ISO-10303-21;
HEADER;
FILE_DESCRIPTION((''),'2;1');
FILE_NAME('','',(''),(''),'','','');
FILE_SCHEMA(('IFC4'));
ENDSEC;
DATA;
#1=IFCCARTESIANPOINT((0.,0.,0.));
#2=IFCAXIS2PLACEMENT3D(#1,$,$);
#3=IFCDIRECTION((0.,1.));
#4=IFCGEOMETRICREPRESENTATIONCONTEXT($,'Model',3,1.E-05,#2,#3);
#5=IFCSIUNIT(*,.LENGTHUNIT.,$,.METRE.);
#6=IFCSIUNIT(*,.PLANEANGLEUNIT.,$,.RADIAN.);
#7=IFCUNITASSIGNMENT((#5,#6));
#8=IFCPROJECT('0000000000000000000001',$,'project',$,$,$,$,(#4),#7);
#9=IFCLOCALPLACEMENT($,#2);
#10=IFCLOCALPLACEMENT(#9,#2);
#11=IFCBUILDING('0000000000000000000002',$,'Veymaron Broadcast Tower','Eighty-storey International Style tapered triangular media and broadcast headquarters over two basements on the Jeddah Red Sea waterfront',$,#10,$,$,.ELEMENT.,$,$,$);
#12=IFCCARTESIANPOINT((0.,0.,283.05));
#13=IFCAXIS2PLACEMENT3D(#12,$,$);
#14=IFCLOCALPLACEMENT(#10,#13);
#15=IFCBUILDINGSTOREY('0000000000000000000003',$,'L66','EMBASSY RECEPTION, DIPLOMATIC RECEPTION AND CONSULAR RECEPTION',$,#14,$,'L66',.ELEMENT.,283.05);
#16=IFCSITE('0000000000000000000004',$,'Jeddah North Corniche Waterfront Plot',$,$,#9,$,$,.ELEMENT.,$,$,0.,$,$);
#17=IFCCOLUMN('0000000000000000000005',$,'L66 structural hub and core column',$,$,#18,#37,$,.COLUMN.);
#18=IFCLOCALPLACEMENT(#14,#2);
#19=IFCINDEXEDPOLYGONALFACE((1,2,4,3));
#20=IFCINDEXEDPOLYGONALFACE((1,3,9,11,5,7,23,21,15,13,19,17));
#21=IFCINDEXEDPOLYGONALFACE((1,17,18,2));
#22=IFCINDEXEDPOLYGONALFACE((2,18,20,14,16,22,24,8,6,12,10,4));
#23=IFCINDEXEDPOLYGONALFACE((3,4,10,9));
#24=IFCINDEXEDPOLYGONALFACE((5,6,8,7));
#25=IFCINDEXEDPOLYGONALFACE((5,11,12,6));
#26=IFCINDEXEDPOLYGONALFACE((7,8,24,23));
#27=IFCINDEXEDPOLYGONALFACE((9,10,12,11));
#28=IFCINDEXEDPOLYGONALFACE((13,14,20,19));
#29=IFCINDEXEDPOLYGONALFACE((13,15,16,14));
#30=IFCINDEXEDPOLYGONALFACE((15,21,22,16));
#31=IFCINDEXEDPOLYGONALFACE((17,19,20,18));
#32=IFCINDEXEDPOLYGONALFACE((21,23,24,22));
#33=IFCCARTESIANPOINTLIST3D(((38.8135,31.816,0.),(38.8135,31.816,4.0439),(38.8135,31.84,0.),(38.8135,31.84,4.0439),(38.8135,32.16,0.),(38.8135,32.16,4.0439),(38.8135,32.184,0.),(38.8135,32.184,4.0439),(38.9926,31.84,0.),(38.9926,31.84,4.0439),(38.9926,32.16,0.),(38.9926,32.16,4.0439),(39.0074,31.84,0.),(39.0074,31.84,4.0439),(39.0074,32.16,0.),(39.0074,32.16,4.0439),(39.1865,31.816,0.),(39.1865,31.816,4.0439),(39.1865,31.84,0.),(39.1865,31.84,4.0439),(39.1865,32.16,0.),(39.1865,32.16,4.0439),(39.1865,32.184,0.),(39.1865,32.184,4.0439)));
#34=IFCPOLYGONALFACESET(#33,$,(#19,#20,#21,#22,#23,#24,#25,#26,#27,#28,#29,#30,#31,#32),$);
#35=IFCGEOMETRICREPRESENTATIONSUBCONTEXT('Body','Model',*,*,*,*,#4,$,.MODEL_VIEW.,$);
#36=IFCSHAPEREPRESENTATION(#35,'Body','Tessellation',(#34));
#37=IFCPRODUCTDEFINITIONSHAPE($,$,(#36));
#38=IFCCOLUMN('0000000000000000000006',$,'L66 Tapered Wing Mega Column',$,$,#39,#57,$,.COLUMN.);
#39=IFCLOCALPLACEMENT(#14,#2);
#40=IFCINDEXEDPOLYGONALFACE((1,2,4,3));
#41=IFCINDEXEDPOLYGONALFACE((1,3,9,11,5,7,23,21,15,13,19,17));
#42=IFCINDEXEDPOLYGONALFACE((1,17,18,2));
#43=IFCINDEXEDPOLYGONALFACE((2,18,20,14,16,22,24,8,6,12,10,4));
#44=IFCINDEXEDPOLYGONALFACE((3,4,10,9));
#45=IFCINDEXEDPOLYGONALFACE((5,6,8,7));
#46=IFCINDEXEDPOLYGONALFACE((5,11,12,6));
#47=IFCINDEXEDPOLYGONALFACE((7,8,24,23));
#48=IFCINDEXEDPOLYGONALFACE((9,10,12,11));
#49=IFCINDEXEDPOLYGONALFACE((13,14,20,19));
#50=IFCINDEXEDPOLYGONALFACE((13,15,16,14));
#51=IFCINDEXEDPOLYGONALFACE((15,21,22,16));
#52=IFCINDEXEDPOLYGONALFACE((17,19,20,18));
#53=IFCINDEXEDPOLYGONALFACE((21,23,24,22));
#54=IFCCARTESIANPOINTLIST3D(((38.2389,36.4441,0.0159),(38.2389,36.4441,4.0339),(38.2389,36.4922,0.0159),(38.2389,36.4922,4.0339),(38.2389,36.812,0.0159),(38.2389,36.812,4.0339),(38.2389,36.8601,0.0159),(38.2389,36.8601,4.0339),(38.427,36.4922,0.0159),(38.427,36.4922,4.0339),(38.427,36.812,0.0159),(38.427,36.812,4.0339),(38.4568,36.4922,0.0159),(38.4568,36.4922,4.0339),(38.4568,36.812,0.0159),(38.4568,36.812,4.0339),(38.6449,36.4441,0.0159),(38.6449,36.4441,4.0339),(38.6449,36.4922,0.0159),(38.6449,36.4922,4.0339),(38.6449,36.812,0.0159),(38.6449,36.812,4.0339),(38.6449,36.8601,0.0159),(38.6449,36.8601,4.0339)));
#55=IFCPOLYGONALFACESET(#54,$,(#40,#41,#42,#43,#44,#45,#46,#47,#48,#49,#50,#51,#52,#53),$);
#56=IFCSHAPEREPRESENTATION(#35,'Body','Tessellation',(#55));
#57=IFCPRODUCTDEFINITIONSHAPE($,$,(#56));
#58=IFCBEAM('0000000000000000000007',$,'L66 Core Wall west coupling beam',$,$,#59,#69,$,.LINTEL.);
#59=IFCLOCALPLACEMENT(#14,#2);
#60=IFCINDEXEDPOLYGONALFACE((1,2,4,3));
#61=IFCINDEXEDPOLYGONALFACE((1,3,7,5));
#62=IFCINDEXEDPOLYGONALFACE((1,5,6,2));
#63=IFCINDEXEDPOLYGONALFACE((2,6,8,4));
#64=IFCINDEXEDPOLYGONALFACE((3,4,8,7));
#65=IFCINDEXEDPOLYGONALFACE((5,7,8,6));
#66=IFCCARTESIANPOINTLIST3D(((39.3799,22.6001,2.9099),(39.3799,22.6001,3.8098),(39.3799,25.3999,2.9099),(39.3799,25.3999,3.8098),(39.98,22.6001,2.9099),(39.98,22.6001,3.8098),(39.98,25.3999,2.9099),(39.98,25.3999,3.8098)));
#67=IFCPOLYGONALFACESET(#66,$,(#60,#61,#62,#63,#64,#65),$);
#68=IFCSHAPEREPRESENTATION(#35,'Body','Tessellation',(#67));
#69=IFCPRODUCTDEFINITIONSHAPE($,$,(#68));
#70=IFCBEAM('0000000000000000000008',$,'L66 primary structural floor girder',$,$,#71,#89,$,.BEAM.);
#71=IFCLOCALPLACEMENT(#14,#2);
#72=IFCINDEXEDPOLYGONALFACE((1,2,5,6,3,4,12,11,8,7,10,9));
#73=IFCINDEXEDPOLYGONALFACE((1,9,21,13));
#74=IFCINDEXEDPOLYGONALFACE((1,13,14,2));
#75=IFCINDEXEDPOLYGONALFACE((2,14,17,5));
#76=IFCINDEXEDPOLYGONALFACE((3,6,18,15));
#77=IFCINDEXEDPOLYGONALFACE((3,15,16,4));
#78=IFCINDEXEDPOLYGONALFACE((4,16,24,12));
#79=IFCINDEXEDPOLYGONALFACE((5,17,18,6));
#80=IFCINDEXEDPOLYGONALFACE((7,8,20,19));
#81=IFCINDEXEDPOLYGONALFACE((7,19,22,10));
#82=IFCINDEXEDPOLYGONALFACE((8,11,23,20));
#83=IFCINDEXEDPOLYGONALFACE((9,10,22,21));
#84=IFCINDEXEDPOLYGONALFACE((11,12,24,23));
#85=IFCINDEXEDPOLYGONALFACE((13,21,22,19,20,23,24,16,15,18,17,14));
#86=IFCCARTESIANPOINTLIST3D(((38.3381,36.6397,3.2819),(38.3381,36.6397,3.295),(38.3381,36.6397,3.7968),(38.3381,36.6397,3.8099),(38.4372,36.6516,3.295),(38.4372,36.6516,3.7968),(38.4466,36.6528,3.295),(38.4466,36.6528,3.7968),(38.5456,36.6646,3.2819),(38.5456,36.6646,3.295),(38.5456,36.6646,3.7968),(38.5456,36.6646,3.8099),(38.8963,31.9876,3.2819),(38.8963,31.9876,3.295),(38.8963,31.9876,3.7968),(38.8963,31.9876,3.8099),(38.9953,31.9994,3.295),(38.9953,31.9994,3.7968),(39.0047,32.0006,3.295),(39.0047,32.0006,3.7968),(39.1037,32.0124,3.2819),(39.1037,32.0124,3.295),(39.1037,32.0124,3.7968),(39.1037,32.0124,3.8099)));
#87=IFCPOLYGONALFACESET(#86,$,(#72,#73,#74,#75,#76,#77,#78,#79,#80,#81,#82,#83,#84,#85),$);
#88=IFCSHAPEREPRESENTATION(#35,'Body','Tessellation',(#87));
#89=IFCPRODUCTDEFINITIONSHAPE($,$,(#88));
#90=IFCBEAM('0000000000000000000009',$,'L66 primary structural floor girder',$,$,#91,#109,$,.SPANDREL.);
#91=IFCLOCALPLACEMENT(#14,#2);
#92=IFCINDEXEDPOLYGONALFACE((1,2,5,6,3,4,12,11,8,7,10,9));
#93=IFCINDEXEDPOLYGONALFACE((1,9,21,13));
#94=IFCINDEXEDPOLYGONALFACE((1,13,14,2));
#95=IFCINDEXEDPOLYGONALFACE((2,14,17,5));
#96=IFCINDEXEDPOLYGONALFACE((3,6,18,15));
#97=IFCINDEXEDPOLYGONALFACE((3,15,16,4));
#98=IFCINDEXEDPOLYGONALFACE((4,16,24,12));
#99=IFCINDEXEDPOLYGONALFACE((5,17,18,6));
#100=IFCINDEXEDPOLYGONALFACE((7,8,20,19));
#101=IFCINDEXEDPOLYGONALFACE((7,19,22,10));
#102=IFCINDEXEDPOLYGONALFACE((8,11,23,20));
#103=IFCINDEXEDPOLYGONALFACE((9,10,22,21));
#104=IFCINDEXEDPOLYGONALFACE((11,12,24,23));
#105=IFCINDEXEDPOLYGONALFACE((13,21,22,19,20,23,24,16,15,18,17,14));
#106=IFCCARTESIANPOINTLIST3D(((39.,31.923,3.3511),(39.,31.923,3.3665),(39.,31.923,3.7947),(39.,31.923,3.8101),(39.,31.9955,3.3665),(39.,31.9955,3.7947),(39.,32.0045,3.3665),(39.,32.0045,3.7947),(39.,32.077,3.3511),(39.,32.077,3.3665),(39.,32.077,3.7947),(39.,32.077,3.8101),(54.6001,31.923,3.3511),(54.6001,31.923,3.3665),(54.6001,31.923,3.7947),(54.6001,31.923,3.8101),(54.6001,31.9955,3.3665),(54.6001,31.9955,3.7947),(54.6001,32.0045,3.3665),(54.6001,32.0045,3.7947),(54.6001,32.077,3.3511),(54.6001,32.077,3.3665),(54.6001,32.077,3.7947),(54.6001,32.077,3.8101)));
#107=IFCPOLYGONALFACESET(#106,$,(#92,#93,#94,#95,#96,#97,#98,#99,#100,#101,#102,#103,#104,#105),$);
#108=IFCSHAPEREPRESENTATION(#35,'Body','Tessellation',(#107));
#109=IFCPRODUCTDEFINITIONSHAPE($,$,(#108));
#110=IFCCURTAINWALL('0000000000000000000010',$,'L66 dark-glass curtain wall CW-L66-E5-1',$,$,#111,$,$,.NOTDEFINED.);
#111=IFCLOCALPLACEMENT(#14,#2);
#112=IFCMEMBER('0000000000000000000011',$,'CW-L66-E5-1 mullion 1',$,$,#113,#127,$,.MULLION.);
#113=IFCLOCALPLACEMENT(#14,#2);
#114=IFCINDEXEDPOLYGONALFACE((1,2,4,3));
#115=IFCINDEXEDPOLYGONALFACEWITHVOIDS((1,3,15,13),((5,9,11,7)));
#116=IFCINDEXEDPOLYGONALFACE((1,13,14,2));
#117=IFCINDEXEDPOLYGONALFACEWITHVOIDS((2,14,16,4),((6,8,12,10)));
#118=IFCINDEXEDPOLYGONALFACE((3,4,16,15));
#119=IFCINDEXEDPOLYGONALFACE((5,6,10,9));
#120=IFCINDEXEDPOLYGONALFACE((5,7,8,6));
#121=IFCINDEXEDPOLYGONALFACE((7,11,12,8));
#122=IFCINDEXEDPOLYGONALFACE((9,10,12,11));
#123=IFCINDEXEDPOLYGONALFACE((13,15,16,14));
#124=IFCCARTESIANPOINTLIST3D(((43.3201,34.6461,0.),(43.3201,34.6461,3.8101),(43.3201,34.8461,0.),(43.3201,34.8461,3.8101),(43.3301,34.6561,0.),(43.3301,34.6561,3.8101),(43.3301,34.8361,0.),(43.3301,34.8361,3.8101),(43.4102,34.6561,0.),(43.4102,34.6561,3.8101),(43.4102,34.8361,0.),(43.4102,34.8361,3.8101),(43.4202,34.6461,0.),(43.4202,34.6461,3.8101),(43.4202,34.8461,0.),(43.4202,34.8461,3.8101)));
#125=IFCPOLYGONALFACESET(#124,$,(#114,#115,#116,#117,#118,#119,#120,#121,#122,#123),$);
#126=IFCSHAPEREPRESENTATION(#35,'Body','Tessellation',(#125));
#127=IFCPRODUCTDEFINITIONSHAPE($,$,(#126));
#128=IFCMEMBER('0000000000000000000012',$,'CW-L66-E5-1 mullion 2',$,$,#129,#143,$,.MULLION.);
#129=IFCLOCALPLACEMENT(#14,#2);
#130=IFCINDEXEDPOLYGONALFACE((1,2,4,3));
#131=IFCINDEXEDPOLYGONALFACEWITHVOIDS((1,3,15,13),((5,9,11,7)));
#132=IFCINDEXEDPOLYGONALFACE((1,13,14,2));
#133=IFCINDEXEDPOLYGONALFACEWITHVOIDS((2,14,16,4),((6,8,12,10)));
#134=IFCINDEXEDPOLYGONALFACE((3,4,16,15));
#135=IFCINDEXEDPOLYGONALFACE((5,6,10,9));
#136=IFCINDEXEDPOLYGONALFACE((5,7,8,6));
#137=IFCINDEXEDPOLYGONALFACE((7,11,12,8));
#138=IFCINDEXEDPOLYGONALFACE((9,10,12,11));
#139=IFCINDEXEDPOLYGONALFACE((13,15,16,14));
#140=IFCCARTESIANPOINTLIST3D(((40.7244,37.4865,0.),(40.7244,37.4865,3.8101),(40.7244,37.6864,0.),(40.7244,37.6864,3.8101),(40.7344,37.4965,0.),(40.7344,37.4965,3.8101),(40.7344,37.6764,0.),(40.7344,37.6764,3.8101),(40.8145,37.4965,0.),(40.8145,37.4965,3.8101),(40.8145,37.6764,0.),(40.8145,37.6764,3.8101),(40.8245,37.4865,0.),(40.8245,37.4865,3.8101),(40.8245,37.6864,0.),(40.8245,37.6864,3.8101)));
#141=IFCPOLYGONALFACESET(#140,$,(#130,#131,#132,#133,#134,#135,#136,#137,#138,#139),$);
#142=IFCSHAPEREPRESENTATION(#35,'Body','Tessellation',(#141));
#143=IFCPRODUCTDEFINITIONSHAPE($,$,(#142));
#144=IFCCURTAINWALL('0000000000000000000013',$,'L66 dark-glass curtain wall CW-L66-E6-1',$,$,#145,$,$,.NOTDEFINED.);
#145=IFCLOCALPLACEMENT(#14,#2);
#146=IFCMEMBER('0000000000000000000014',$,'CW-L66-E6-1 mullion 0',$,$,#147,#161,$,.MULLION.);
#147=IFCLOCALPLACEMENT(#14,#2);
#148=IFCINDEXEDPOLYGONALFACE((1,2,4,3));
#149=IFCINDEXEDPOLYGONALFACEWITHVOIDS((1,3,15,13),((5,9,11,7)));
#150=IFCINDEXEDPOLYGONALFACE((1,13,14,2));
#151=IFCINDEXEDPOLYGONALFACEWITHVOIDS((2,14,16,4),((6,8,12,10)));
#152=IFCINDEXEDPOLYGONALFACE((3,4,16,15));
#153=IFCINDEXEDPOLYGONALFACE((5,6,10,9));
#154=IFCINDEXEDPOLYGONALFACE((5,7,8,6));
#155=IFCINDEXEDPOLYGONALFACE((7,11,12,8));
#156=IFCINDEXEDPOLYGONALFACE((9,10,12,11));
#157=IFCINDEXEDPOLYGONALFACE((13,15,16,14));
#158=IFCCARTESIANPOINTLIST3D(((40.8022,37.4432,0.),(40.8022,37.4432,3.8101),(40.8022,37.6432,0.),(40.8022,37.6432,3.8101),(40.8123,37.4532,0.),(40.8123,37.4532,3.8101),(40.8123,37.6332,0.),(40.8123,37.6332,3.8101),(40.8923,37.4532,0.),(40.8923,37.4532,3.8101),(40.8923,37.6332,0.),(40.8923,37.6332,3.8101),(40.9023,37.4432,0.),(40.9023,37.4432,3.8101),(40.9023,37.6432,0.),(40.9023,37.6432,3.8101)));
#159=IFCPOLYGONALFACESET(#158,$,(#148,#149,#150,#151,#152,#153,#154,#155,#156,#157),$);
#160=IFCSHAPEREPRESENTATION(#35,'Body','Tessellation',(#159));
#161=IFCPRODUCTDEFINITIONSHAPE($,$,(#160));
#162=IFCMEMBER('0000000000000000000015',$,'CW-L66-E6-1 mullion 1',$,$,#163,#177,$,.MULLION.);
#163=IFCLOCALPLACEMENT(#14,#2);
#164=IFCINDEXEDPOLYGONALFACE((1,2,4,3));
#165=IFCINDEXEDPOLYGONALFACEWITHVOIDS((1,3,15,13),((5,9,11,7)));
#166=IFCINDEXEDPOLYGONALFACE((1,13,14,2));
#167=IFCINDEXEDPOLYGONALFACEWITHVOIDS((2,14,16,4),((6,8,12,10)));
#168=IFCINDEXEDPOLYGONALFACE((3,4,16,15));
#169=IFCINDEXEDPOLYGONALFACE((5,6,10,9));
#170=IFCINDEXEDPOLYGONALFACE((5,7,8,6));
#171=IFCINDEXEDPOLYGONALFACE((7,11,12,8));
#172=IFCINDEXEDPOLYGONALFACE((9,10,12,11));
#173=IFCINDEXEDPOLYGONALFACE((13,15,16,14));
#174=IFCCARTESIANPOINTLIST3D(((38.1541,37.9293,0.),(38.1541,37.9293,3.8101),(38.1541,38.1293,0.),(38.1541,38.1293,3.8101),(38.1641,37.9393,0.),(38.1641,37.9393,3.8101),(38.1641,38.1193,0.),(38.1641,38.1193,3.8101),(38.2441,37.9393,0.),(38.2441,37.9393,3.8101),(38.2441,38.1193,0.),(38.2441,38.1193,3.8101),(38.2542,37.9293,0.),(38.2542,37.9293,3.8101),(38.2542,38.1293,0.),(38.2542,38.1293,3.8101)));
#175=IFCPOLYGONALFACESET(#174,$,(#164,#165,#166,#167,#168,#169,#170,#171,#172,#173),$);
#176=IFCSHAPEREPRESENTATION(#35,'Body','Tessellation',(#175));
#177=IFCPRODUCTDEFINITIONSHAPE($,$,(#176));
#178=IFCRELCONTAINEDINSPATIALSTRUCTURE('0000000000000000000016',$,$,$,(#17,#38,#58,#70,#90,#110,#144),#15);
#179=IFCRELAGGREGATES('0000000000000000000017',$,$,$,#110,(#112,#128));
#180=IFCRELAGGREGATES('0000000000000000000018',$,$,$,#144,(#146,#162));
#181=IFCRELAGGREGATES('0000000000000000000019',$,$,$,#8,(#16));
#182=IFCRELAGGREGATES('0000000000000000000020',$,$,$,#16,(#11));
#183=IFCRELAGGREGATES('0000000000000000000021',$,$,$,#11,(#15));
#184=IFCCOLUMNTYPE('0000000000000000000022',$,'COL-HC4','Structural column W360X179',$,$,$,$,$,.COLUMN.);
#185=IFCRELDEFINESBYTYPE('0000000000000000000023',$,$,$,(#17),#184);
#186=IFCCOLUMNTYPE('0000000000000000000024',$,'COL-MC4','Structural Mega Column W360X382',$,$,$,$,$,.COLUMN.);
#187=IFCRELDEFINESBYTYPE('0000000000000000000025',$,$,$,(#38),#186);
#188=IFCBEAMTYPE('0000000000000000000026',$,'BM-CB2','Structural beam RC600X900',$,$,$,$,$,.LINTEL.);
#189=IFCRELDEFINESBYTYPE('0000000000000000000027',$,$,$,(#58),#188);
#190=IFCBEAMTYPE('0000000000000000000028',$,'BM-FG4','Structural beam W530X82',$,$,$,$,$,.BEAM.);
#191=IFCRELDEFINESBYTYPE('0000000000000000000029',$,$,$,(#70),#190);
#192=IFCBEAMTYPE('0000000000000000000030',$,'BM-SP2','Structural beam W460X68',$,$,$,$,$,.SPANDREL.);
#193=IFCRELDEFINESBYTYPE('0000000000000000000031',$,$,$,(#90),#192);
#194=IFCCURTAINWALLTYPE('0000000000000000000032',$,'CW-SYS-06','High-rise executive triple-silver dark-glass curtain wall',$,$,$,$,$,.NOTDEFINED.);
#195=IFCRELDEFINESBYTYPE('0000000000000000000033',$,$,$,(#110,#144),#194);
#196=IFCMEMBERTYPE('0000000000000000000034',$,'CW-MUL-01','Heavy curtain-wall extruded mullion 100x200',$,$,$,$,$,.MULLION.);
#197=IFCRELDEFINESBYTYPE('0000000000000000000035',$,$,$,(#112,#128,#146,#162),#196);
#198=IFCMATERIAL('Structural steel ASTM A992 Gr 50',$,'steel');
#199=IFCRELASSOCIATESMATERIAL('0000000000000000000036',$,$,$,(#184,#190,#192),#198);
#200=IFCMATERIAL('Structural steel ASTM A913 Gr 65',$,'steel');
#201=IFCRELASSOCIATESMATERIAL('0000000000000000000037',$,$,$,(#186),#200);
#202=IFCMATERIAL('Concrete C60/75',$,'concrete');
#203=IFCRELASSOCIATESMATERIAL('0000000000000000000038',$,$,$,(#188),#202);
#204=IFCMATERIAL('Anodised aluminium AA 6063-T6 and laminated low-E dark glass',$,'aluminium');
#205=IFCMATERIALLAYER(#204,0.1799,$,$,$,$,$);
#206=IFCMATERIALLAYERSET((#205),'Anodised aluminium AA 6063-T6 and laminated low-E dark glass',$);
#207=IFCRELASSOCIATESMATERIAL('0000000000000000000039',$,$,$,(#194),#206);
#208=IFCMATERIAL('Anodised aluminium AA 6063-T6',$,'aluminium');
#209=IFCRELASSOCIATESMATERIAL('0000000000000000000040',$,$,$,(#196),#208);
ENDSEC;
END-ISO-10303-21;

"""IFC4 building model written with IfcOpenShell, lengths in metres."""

from ifc_helpers import new_model, si_unit, direction, frame, origin, origin_2d, place, context, subcontext, project, spatial, rectangle, hollow_rectangle, i_section, extrude, material, layer, layer_set, material_profile, profile_set, type_object, element, aggregate, save


model = new_model("IFC4")

# Units and contexts
model_context = context("Model", 3, precision=1e-05, world=origin(), true_north=direction((0.0, 1.0)))
body_context = subcontext(model_context, "Body", "Model", "MODEL_VIEW")
ifc_project = project(units=[si_unit("LENGTHUNIT", "METRE"), si_unit("PLANEANGLEUNIT", "RADIAN")], contexts=[model_context])

# Site, building, storey
site_placement = place(None, origin())
site = spatial("IfcSite", under=ifc_project, at=site_placement, Name="Jeddah North Corniche Waterfront Plot", CompositionType="ELEMENT", RefElevation=0.0)
building_placement = place(site_placement, origin())
building = spatial("IfcBuilding", under=site, at=building_placement, Name="Veymaron Broadcast Tower", Description="Eighty-storey International Style tapered triangular media and broadcast headquarters over two basements on the Jeddah Red Sea waterfront", CompositionType="ELEMENT")
storey_placement = place(building_placement, frame((0.0, 0.0, 283.05)))
storey = spatial("IfcBuildingStorey", under=building, at=storey_placement, Name="L66", Description="EMBASSY RECEPTION, DIPLOMATIC RECEPTION AND CONSULAR RECEPTION", LongName="L66", CompositionType="ELEMENT", Elevation=283.05)

# Columns
ifc_material_1 = material(Name="Structural steel ASTM A992 Gr 50", Category="steel")
ifc_material_profile_1 = material_profile(ifc_material_1, i_section(OverallWidth=0.373, OverallDepth=0.3679, WebThickness=0.0149, FlangeThickness=0.0239, at=origin_2d()), Name="W360X179")
ifc_profile_set_1 = profile_set([ifc_material_profile_1], Name="Structural steel ASTM A992 Gr 50")
column_type_1 = type_object("IfcColumnType", Name="COL-HC4", Description="Structural column W360X179", PredefinedType="COLUMN", material=ifc_profile_set_1)
column_1_placement = place(storey_placement, frame((39.0, 32.0, 0.0), z_axis=(0.0, 0.0, 1.0), x_axis=(1.0, 0.0, 0.0)))
element("IfcColumn", 1, at=column_1_placement, inside=storey, type_object=column_type_1, Name="L66 structural hub and core column", PredefinedType="COLUMN", context=body_context, shape_type="SweptSolid", body=[
    extrude(i_section(OverallWidth=0.373, OverallDepth=0.3679, WebThickness=0.0149, FlangeThickness=0.0239, at=origin_2d()), origin(), (0.0, 0.0, 1.0), 4.0439),
])
ifc_material_2 = material(Name="Structural steel ASTM A913 Gr 65", Category="steel")
ifc_material_profile_2 = material_profile(ifc_material_2, i_section(OverallWidth=0.406, OverallDepth=0.416, WebThickness=0.0298, FlangeThickness=0.0481, at=origin_2d()), Name="W360X382")
ifc_profile_set_2 = profile_set([ifc_material_profile_2], Name="Structural steel ASTM A913 Gr 65")
column_type_2 = type_object("IfcColumnType", Name="COL-MC4", Description="Structural Mega Column W360X382", PredefinedType="COLUMN", material=ifc_profile_set_2)
column_2_placement = place(storey_placement, frame((38.4419, 36.6521, 0.0159), z_axis=(0.0, 0.0, 1.0), x_axis=(1.0, 0.0, 0.0)))
element("IfcColumn", 2, at=column_2_placement, inside=storey, type_object=column_type_2, Name="L66 Tapered Wing Mega Column", PredefinedType="COLUMN", context=body_context, shape_type="SweptSolid", body=[
    extrude(i_section(OverallWidth=0.406, OverallDepth=0.416, WebThickness=0.0298, FlangeThickness=0.0481, at=origin_2d()), origin(), (0.0, 0.0, 1.0), 4.0181),
])

# Beams
ifc_material_3 = material(Name="Concrete C60/75", Category="concrete")
ifc_material_profile_3 = material_profile(ifc_material_3, rectangle(XDim=0.6001, YDim=0.8999, at=origin_2d()), Name="RC600X900")
ifc_profile_set_3 = profile_set([ifc_material_profile_3], Name="Concrete C60/75")
beam_type_1 = type_object("IfcBeamType", Name="BM-CB2", Description="Structural beam RC600X900", PredefinedType="LINTEL", material=ifc_profile_set_3)
beam_1_placement = place(storey_placement, frame((39.6799, 22.6001, 3.3599), z_axis=(0.0, 1.0, 0.0), x_axis=(-1.0, 0.0, 0.0)))
element("IfcBeam", 3, at=beam_1_placement, inside=storey, type_object=beam_type_1, Name="L66 Core Wall west coupling beam", PredefinedType="LINTEL", context=body_context, shape_type="SweptSolid", body=[
    extrude(rectangle(XDim=0.6001, YDim=0.8999, at=origin_2d()), origin(), (0.0, 0.0, 1.0), 2.7998),
])
ifc_material_profile_4 = material_profile(ifc_material_1, i_section(OverallWidth=0.209, OverallDepth=0.5281, WebThickness=0.0095, FlangeThickness=0.0132, at=origin_2d()), Name="W530X82")
ifc_profile_set_4 = profile_set([ifc_material_profile_4], Name="Structural steel ASTM A992 Gr 50")
beam_type_2 = type_object("IfcBeamType", Name="BM-FG4", Description="Structural beam W530X82", PredefinedType="BEAM", material=ifc_profile_set_4)
beam_2_placement = place(storey_placement, frame((39.0, 32.0, 3.5459), z_axis=(-0.119114, 0.992881, 0.0), x_axis=(-0.992881, -0.119114, 0.0)))
element("IfcBeam", 4, at=beam_2_placement, inside=storey, type_object=beam_type_2, Name="L66 primary structural floor girder", PredefinedType="BEAM", context=body_context, shape_type="SweptSolid", body=[
    extrude(i_section(OverallWidth=0.209, OverallDepth=0.5281, WebThickness=0.0095, FlangeThickness=0.0132, at=origin_2d()), origin(), (0.0, 0.0, 1.0), 4.6855),
])
ifc_material_profile_5 = material_profile(ifc_material_1, i_section(OverallWidth=0.1541, OverallDepth=0.459, WebThickness=0.009, FlangeThickness=0.0154, at=origin_2d()), Name="W460X68")
ifc_profile_set_5 = profile_set([ifc_material_profile_5], Name="Structural steel ASTM A992 Gr 50")
beam_type_3 = type_object("IfcBeamType", Name="BM-SP2", Description="Structural beam W460X68", PredefinedType="SPANDREL", material=ifc_profile_set_5)
beam_3_placement = place(storey_placement, frame((39.0, 32.0, 3.5806), z_axis=(1.0, 0.0, 0.0), x_axis=(0.0, 1.0, 0.0)))
element("IfcBeam", 5, at=beam_3_placement, inside=storey, type_object=beam_type_3, Name="L66 primary structural floor girder", PredefinedType="SPANDREL", context=body_context, shape_type="SweptSolid", body=[
    extrude(i_section(OverallWidth=0.1541, OverallDepth=0.459, WebThickness=0.009, FlangeThickness=0.0154, at=origin_2d()), origin(), (0.0, 0.0, 1.0), 15.6001),
])

# Curtain walls, members
ifc_material_4 = material(Name="Anodised aluminium AA 6063-T6 and laminated low-E dark glass", Category="aluminium")
ifc_layer_1 = layer(ifc_material_4, 0.1799)
ifc_layer_set_1 = layer_set([ifc_layer_1], Name="Anodised aluminium AA 6063-T6 and laminated low-E dark glass")
curtain_wall_type = type_object("IfcCurtainWallType", Name="CW-SYS-06", Description="High-rise executive triple-silver dark-glass curtain wall", PredefinedType="NOTDEFINED", material=ifc_layer_set_1)
curtain_wall_1_placement = place(storey_placement, origin())
curtain_wall_1 = element("IfcCurtainWall", 6, at=curtain_wall_1_placement, inside=storey, type_object=curtain_wall_type, Name="L66 dark-glass curtain wall CW-L66-E5-1", PredefinedType="NOTDEFINED")
ifc_material_5 = material(Name="Anodised aluminium AA 6063-T6", Category="aluminium")
ifc_material_profile_6 = material_profile(ifc_material_5, hollow_rectangle(XDim=0.1001, YDim=0.2, WallThickness=0.01, at=origin_2d()), Name="RHS200X100X10")
ifc_profile_set_6 = profile_set([ifc_material_profile_6], Name="Anodised aluminium AA 6063-T6")
member_type_1 = type_object("IfcMemberType", Name="CW-MUL-01", Description="Heavy curtain-wall extruded mullion 100x200", PredefinedType="MULLION", material=ifc_profile_set_6)
member_1_placement = place(storey_placement, frame((43.3701, 34.7461, 0.0), z_axis=(0.0, 0.0, 1.0), x_axis=(1.0, 0.0, 0.0)))
member_1 = element("IfcMember", 7, at=member_1_placement, type_object=member_type_1, Name="CW-L66-E5-1 mullion 1", PredefinedType="MULLION", context=body_context, shape_type="SweptSolid", body=[
    extrude(hollow_rectangle(XDim=0.1001, YDim=0.2, WallThickness=0.01, at=origin_2d()), origin(), (0.0, 0.0, 1.0), 3.8101),
])
member_2_placement = place(storey_placement, frame((40.7744, 37.5864, 0.0), z_axis=(0.0, 0.0, 1.0), x_axis=(1.0, 0.0, 0.0)))
member_2 = element("IfcMember", 8, at=member_2_placement, type_object=member_type_1, Name="CW-L66-E5-1 mullion 2", PredefinedType="MULLION", context=body_context, shape_type="SweptSolid", body=[
    extrude(hollow_rectangle(XDim=0.1001, YDim=0.2, WallThickness=0.01, at=origin_2d()), origin(), (0.0, 0.0, 1.0), 3.8101),
])
curtain_wall_2_placement = place(storey_placement, origin())
curtain_wall_2 = element("IfcCurtainWall", 9, at=curtain_wall_2_placement, inside=storey, type_object=curtain_wall_type, Name="L66 dark-glass curtain wall CW-L66-E6-1", PredefinedType="NOTDEFINED")
member_3_placement = place(storey_placement, frame((40.8523, 37.5432, 0.0), z_axis=(0.0, 0.0, 1.0), x_axis=(1.0, 0.0, 0.0)))
member_3 = element("IfcMember", 10, at=member_3_placement, type_object=member_type_1, Name="CW-L66-E6-1 mullion 0", PredefinedType="MULLION", context=body_context, shape_type="SweptSolid", body=[
    extrude(hollow_rectangle(XDim=0.1001, YDim=0.2, WallThickness=0.01, at=origin_2d()), origin(), (0.0, 0.0, 1.0), 3.8101),
])
member_4_placement = place(storey_placement, frame((38.2041, 38.0293, 0.0), z_axis=(0.0, 0.0, 1.0), x_axis=(1.0, 0.0, 0.0)))
member_4 = element("IfcMember", 11, at=member_4_placement, type_object=member_type_1, Name="CW-L66-E6-1 mullion 1", PredefinedType="MULLION", context=body_context, shape_type="SweptSolid", body=[
    extrude(hollow_rectangle(XDim=0.1001, YDim=0.2, WallThickness=0.01, at=origin_2d()), origin(), (0.0, 0.0, 1.0), 3.8101),
])

aggregate(curtain_wall_1, [member_1, member_2])
aggregate(curtain_wall_2, [member_3, member_4])

save(model, "model.ifc")
